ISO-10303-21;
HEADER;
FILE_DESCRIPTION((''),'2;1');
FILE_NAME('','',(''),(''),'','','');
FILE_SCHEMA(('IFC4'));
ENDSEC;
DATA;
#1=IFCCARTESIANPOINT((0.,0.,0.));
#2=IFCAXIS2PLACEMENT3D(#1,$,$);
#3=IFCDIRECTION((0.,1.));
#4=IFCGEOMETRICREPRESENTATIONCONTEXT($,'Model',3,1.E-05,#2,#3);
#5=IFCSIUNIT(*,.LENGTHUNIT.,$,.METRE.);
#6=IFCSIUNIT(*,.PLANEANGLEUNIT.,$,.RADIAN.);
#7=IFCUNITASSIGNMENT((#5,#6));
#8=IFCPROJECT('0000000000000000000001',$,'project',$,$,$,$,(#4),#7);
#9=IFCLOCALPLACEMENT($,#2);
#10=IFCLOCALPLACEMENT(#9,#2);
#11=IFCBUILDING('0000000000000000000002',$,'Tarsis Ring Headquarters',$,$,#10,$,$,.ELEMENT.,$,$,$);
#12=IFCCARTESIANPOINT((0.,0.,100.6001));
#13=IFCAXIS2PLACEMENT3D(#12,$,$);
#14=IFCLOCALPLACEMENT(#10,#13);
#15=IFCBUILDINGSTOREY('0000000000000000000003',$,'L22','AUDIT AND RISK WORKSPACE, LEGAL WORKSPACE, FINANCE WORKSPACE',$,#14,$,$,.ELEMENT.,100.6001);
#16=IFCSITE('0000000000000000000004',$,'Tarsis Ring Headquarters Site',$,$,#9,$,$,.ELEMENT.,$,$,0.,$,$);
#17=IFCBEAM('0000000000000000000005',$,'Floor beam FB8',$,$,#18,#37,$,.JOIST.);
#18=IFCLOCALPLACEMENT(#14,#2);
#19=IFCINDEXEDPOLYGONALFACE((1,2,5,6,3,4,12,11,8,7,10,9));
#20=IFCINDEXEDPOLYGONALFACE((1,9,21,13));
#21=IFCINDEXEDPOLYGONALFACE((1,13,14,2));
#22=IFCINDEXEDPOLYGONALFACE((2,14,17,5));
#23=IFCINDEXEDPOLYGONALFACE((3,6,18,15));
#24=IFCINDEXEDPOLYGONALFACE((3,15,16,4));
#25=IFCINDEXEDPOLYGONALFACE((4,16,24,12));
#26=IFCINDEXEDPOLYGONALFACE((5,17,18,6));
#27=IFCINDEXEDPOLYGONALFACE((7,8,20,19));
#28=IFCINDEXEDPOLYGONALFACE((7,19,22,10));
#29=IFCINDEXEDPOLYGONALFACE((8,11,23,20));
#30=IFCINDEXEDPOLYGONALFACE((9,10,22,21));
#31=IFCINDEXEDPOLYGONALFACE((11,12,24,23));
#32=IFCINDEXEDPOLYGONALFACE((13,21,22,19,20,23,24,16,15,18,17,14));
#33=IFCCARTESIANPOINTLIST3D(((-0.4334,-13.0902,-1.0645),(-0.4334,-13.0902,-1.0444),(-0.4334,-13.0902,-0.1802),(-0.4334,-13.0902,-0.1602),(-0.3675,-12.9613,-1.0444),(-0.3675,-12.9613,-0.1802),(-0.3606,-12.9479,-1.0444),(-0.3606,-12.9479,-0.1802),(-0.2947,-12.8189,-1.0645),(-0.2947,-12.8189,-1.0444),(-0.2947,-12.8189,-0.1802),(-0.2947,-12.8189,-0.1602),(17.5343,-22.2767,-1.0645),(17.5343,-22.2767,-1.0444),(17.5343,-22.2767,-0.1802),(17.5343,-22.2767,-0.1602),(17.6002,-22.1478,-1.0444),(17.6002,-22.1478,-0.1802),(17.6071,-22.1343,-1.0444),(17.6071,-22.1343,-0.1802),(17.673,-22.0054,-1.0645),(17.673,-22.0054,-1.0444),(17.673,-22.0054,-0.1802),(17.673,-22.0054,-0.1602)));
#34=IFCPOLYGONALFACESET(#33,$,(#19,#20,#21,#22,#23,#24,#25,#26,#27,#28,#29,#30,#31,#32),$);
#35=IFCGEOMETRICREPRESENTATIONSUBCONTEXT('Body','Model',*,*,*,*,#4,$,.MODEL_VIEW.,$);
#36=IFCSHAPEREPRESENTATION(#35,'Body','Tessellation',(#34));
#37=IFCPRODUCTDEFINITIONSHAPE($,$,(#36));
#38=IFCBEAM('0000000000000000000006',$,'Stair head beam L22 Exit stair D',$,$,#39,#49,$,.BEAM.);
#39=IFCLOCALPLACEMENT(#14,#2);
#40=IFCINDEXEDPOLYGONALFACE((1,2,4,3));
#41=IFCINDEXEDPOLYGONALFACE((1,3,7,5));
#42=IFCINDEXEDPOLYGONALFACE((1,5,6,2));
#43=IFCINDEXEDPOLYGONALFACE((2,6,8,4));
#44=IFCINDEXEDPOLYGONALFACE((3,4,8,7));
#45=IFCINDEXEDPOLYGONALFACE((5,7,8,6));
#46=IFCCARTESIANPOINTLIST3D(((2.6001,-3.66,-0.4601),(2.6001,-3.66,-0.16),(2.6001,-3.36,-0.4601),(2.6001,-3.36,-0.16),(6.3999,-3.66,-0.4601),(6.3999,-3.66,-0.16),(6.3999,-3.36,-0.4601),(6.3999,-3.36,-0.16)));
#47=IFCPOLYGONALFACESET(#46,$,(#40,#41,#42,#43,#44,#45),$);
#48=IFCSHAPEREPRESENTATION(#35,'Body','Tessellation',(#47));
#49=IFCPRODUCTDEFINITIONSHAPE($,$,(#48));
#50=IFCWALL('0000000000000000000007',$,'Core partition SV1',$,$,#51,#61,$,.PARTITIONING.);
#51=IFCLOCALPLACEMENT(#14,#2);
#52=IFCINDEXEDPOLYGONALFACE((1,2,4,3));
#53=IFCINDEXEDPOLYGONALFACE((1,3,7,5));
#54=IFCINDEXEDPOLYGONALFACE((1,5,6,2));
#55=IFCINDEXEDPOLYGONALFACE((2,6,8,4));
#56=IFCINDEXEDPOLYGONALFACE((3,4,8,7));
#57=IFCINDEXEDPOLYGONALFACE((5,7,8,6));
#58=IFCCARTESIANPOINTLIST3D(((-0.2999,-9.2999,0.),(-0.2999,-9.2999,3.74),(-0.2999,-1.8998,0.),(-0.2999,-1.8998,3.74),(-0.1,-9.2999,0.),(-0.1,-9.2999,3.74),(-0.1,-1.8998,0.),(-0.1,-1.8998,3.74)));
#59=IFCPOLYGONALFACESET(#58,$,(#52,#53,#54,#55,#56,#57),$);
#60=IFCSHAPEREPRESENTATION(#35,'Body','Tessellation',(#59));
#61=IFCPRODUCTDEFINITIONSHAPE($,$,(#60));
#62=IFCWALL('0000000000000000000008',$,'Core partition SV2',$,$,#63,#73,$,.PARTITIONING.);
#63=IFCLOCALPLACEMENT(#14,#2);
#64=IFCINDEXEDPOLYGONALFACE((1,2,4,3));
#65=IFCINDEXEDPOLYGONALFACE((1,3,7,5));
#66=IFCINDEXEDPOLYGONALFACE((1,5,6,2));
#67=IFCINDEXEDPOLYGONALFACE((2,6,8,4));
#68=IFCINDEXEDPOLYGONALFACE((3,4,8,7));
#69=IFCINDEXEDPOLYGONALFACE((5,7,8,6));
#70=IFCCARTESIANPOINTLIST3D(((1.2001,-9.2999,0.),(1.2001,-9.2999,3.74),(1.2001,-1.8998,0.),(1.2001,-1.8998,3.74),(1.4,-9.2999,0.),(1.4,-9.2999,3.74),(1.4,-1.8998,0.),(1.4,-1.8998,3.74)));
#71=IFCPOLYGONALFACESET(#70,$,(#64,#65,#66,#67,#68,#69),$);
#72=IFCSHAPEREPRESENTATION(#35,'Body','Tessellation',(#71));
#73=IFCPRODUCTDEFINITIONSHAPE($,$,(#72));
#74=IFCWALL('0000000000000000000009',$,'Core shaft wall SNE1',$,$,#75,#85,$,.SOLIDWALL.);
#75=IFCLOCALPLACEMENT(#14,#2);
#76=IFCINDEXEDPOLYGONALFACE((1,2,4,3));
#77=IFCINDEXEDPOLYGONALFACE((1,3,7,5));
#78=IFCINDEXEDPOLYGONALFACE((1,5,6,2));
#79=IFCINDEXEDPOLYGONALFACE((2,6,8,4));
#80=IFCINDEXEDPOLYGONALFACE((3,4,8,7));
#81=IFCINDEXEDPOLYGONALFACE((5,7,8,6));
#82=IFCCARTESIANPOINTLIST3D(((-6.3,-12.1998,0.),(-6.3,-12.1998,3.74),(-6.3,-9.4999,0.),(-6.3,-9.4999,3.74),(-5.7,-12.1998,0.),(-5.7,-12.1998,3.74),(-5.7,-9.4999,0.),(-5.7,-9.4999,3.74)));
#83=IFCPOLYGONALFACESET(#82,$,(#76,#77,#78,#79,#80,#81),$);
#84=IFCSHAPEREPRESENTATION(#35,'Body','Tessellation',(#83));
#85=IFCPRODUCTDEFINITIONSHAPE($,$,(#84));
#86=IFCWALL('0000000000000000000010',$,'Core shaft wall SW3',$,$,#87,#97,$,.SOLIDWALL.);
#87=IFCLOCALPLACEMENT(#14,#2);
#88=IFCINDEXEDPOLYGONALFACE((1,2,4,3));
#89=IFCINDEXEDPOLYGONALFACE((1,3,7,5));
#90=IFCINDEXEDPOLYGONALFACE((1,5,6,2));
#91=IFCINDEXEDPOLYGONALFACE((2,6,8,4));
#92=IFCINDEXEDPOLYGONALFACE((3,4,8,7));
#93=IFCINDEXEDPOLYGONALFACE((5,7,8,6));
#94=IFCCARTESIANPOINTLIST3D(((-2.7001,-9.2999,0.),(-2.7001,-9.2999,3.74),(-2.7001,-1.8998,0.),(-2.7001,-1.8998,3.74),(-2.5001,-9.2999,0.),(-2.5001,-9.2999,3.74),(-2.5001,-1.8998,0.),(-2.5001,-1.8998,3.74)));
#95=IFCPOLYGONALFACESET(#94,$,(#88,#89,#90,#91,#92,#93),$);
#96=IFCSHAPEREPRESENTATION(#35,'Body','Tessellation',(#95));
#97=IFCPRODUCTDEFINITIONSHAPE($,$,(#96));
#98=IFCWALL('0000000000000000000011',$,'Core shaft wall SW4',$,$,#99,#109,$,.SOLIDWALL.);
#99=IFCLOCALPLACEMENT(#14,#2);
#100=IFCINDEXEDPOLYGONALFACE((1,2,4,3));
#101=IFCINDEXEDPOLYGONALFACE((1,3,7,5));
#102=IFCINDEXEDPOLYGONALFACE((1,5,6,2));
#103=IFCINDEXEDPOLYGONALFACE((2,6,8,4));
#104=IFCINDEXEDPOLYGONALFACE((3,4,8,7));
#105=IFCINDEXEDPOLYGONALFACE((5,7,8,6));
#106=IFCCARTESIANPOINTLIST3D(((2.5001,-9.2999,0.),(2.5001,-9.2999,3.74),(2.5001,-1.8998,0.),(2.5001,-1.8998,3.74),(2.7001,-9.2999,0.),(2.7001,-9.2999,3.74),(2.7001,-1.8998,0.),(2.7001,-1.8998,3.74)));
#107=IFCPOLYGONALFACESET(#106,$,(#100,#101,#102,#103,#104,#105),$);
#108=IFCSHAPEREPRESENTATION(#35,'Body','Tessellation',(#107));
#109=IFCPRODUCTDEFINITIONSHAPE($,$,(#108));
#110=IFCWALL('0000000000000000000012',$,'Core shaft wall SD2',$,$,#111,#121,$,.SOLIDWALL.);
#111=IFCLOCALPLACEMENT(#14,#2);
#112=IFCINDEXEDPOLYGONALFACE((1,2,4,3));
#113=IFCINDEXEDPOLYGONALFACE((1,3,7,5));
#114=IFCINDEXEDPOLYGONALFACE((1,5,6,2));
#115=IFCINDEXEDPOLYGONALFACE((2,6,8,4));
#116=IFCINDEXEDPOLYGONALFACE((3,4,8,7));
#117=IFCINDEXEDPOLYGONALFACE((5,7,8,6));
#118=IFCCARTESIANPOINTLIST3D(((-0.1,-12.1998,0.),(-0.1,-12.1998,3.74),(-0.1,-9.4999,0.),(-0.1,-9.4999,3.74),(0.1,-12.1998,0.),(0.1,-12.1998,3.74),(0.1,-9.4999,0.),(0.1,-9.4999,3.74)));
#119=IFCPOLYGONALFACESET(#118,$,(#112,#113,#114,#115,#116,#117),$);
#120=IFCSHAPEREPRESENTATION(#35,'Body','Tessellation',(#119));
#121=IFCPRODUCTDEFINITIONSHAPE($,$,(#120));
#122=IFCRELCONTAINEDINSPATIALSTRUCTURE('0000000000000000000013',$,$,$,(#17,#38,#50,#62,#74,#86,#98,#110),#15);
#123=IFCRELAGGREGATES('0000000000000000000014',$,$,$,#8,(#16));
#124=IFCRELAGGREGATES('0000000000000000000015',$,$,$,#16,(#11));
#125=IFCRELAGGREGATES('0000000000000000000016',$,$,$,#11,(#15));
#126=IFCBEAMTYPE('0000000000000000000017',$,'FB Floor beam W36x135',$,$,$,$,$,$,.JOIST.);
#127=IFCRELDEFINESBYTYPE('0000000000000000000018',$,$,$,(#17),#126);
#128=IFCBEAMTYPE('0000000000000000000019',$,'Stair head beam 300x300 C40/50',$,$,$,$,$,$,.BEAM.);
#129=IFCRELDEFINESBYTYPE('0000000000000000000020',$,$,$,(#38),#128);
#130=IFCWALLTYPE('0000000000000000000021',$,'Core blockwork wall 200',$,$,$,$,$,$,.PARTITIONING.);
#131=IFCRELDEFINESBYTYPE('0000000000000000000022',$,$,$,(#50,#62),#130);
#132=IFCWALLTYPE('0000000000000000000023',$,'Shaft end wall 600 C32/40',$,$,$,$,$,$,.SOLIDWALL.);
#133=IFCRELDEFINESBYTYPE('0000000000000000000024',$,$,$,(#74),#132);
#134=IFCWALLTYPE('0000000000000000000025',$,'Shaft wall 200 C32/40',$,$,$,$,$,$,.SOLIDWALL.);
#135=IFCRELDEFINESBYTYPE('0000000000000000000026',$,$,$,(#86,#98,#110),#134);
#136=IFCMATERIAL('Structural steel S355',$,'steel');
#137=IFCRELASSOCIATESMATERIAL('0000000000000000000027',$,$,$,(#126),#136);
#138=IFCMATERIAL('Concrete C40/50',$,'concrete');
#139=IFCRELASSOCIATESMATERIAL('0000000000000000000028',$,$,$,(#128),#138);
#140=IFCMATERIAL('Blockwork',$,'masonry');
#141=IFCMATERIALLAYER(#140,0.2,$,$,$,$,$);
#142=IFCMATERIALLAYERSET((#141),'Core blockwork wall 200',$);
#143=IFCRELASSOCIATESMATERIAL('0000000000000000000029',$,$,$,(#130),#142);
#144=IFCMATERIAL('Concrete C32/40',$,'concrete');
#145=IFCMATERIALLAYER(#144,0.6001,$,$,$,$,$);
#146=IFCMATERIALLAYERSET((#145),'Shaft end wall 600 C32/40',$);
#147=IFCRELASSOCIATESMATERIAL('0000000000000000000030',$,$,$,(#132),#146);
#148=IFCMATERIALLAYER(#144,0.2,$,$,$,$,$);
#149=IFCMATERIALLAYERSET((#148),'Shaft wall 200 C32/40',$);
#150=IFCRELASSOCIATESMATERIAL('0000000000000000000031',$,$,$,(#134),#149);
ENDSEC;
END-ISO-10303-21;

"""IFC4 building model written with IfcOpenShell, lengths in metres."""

from ifc_helpers import new_model, si_unit, direction, frame, frame_2d, origin, origin_2d, place, context, subcontext, project, spatial, rectangle, i_section, extrude, material, layer, layer_set, material_profile, profile_set, type_object, element, save


model = new_model("IFC4")

# Units and contexts
model_context = context("Model", 3, precision=1e-05, world=origin(), true_north=direction((0.0, 1.0)))
body_context = subcontext(model_context, "Body", "Model", "MODEL_VIEW")
ifc_project = project(units=[si_unit("LENGTHUNIT", "METRE"), si_unit("PLANEANGLEUNIT", "RADIAN")], contexts=[model_context])

# Site, building, storey
site_placement = place(None, origin())
site = spatial("IfcSite", under=ifc_project, at=site_placement, Name="Tarsis Ring Headquarters Site", CompositionType="ELEMENT", RefElevation=0.0)
building_placement = place(site_placement, origin())
building = spatial("IfcBuilding", under=site, at=building_placement, Name="Tarsis Ring Headquarters", CompositionType="ELEMENT")
storey_placement = place(building_placement, frame((0.0, 0.0, 100.6001)))
storey = spatial("IfcBuildingStorey", under=building, at=storey_placement, Name="L22", Description="AUDIT AND RISK WORKSPACE, LEGAL WORKSPACE, FINANCE WORKSPACE", CompositionType="ELEMENT", Elevation=100.6001)

# Beams
ifc_material_1 = material(Name="Structural steel S355", Category="steel")
ifc_material_profile_1 = material_profile(ifc_material_1, i_section(OverallWidth=0.3047, OverallDepth=0.9043, WebThickness=0.0151, FlangeThickness=0.02, at=origin_2d()), Name="W36x135")
ifc_profile_set_1 = profile_set([ifc_material_profile_1], Name="Structural steel S355")
beam_type_1 = type_object("IfcBeamType", Name="FB Floor beam W36x135", PredefinedType="JOIST", material=ifc_profile_set_1)
beam_1_placement = place(storey_placement, frame((-0.364, -12.9546, -0.6123), z_axis=(0.890375, -0.455229, 0.0), x_axis=(0.455229, 0.890375, 0.0)))
element("IfcBeam", 1, at=beam_1_placement, inside=storey, type_object=beam_type_1, Name="Floor beam FB8", PredefinedType="JOIST", context=body_context, shape_type="SweptSolid", body=[
    extrude(i_section(OverallWidth=0.3047, OverallDepth=0.9043, WebThickness=0.0151, FlangeThickness=0.02, at=origin_2d()), origin(), (0.0, 0.0, 1.0), 20.1799),
])
ifc_material_2 = material(Name="Concrete C40/50", Category="concrete")
ifc_material_profile_2 = material_profile(ifc_material_2, rectangle(XDim=0.3, YDim=0.3, at=origin_2d()), Name="Stair head beam 300x300 C40/50")
ifc_profile_set_2 = profile_set([ifc_material_profile_2], Name="Concrete C40/50")
beam_type_2 = type_object("IfcBeamType", Name="Stair head beam 300x300 C40/50", PredefinedType="BEAM", material=ifc_profile_set_2)
beam_2_placement = place(storey_placement, frame((2.6001, -3.51, -0.3101), z_axis=(1.0, 0.0, 0.0), x_axis=(0.0, 1.0, 0.0)))
element("IfcBeam", 2, at=beam_2_placement, inside=storey, type_object=beam_type_2, Name="Stair head beam L22 Exit stair D", PredefinedType="BEAM", context=body_context, shape_type="SweptSolid", body=[
    extrude(rectangle(XDim=0.3, YDim=0.3, at=origin_2d()), origin(), (0.0, 0.0, 1.0), 3.7998),
])

# Walls
ifc_material_3 = material(Name="Blockwork", Category="masonry")
ifc_layer_1 = layer(ifc_material_3, 0.2)
ifc_layer_set_1 = layer_set([ifc_layer_1], Name="Core blockwork wall 200")
wall_type_1 = type_object("IfcWallType", Name="Core blockwork wall 200", PredefinedType="PARTITIONING", material=ifc_layer_set_1)
for number, where, z_axis, x_axis, name in (
    (3, (-0.2, -9.3, 0.0), (0.0, 0.0, 1.0), (0.0, 1.0, 0.0), "Core partition SV1"),
    (4, (1.3, -9.3, 0.0), (0.0, 0.0, 1.0), (0.0, 1.0, 0.0), "Core partition SV2"),
):
    element("IfcWall", number, at=place(storey_placement, frame(where, z_axis=z_axis, x_axis=x_axis)), inside=storey, type_object=wall_type_1, Name=name, PredefinedType="PARTITIONING", context=body_context, shape_type="SweptSolid", body=[
        extrude(rectangle(XDim=7.4001, YDim=0.2, at=frame_2d((3.7002, 0.0))), origin(), (0.0, 0.0, 1.0), 3.74),
    ])
ifc_material_4 = material(Name="Concrete C32/40", Category="concrete")
ifc_layer_2 = layer(ifc_material_4, 0.6001)
ifc_layer_set_2 = layer_set([ifc_layer_2], Name="Shaft end wall 600 C32/40")
wall_type_2 = type_object("IfcWallType", Name="Shaft end wall 600 C32/40", PredefinedType="SOLIDWALL", material=ifc_layer_set_2)
wall_1_placement = place(storey_placement, frame((-6.0, -12.2, 0.0), z_axis=(0.0, 0.0, 1.0), x_axis=(0.0, 1.0, 0.0)))
element("IfcWall", 5, at=wall_1_placement, inside=storey, type_object=wall_type_2, Name="Core shaft wall SNE1", PredefinedType="SOLIDWALL", context=body_context, shape_type="SweptSolid", body=[
    extrude(rectangle(XDim=2.7, YDim=0.6001, at=frame_2d((1.3501, 0.0))), origin(), (0.0, 0.0, 1.0), 3.74),
])
ifc_layer_3 = layer(ifc_material_4, 0.2)
ifc_layer_set_3 = layer_set([ifc_layer_3], Name="Shaft wall 200 C32/40")
wall_type_3 = type_object("IfcWallType", Name="Shaft wall 200 C32/40", PredefinedType="SOLIDWALL", material=ifc_layer_set_3)
for number, where, z_axis, x_axis, name in (
    (6, (-2.6001, -9.3, 0.0), (0.0, 0.0, 1.0), (0.0, 1.0, 0.0), "Core shaft wall SW3"),
    (7, (2.6001, -9.3, 0.0), (0.0, 0.0, 1.0), (0.0, 1.0, 0.0), "Core shaft wall SW4"),
):
    element("IfcWall", number, at=place(storey_placement, frame(where, z_axis=z_axis, x_axis=x_axis)), inside=storey, type_object=wall_type_3, Name=name, PredefinedType="SOLIDWALL", context=body_context, shape_type="SweptSolid", body=[
        extrude(rectangle(XDim=7.4001, YDim=0.2, at=frame_2d((3.7002, 0.0))), origin(), (0.0, 0.0, 1.0), 3.74),
    ])
wall_2_placement = place(storey_placement, frame((0.0, -12.2, 0.0), z_axis=(0.0, 0.0, 1.0), x_axis=(0.0, 1.0, 0.0)))
element("IfcWall", 8, at=wall_2_placement, inside=storey, type_object=wall_type_3, Name="Core shaft wall SD2", PredefinedType="SOLIDWALL", context=body_context, shape_type="SweptSolid", body=[
    extrude(rectangle(XDim=2.7, YDim=0.2, at=frame_2d((1.3501, 0.0))), origin(), (0.0, 0.0, 1.0), 3.74),
])

save(model, "model.ifc")
